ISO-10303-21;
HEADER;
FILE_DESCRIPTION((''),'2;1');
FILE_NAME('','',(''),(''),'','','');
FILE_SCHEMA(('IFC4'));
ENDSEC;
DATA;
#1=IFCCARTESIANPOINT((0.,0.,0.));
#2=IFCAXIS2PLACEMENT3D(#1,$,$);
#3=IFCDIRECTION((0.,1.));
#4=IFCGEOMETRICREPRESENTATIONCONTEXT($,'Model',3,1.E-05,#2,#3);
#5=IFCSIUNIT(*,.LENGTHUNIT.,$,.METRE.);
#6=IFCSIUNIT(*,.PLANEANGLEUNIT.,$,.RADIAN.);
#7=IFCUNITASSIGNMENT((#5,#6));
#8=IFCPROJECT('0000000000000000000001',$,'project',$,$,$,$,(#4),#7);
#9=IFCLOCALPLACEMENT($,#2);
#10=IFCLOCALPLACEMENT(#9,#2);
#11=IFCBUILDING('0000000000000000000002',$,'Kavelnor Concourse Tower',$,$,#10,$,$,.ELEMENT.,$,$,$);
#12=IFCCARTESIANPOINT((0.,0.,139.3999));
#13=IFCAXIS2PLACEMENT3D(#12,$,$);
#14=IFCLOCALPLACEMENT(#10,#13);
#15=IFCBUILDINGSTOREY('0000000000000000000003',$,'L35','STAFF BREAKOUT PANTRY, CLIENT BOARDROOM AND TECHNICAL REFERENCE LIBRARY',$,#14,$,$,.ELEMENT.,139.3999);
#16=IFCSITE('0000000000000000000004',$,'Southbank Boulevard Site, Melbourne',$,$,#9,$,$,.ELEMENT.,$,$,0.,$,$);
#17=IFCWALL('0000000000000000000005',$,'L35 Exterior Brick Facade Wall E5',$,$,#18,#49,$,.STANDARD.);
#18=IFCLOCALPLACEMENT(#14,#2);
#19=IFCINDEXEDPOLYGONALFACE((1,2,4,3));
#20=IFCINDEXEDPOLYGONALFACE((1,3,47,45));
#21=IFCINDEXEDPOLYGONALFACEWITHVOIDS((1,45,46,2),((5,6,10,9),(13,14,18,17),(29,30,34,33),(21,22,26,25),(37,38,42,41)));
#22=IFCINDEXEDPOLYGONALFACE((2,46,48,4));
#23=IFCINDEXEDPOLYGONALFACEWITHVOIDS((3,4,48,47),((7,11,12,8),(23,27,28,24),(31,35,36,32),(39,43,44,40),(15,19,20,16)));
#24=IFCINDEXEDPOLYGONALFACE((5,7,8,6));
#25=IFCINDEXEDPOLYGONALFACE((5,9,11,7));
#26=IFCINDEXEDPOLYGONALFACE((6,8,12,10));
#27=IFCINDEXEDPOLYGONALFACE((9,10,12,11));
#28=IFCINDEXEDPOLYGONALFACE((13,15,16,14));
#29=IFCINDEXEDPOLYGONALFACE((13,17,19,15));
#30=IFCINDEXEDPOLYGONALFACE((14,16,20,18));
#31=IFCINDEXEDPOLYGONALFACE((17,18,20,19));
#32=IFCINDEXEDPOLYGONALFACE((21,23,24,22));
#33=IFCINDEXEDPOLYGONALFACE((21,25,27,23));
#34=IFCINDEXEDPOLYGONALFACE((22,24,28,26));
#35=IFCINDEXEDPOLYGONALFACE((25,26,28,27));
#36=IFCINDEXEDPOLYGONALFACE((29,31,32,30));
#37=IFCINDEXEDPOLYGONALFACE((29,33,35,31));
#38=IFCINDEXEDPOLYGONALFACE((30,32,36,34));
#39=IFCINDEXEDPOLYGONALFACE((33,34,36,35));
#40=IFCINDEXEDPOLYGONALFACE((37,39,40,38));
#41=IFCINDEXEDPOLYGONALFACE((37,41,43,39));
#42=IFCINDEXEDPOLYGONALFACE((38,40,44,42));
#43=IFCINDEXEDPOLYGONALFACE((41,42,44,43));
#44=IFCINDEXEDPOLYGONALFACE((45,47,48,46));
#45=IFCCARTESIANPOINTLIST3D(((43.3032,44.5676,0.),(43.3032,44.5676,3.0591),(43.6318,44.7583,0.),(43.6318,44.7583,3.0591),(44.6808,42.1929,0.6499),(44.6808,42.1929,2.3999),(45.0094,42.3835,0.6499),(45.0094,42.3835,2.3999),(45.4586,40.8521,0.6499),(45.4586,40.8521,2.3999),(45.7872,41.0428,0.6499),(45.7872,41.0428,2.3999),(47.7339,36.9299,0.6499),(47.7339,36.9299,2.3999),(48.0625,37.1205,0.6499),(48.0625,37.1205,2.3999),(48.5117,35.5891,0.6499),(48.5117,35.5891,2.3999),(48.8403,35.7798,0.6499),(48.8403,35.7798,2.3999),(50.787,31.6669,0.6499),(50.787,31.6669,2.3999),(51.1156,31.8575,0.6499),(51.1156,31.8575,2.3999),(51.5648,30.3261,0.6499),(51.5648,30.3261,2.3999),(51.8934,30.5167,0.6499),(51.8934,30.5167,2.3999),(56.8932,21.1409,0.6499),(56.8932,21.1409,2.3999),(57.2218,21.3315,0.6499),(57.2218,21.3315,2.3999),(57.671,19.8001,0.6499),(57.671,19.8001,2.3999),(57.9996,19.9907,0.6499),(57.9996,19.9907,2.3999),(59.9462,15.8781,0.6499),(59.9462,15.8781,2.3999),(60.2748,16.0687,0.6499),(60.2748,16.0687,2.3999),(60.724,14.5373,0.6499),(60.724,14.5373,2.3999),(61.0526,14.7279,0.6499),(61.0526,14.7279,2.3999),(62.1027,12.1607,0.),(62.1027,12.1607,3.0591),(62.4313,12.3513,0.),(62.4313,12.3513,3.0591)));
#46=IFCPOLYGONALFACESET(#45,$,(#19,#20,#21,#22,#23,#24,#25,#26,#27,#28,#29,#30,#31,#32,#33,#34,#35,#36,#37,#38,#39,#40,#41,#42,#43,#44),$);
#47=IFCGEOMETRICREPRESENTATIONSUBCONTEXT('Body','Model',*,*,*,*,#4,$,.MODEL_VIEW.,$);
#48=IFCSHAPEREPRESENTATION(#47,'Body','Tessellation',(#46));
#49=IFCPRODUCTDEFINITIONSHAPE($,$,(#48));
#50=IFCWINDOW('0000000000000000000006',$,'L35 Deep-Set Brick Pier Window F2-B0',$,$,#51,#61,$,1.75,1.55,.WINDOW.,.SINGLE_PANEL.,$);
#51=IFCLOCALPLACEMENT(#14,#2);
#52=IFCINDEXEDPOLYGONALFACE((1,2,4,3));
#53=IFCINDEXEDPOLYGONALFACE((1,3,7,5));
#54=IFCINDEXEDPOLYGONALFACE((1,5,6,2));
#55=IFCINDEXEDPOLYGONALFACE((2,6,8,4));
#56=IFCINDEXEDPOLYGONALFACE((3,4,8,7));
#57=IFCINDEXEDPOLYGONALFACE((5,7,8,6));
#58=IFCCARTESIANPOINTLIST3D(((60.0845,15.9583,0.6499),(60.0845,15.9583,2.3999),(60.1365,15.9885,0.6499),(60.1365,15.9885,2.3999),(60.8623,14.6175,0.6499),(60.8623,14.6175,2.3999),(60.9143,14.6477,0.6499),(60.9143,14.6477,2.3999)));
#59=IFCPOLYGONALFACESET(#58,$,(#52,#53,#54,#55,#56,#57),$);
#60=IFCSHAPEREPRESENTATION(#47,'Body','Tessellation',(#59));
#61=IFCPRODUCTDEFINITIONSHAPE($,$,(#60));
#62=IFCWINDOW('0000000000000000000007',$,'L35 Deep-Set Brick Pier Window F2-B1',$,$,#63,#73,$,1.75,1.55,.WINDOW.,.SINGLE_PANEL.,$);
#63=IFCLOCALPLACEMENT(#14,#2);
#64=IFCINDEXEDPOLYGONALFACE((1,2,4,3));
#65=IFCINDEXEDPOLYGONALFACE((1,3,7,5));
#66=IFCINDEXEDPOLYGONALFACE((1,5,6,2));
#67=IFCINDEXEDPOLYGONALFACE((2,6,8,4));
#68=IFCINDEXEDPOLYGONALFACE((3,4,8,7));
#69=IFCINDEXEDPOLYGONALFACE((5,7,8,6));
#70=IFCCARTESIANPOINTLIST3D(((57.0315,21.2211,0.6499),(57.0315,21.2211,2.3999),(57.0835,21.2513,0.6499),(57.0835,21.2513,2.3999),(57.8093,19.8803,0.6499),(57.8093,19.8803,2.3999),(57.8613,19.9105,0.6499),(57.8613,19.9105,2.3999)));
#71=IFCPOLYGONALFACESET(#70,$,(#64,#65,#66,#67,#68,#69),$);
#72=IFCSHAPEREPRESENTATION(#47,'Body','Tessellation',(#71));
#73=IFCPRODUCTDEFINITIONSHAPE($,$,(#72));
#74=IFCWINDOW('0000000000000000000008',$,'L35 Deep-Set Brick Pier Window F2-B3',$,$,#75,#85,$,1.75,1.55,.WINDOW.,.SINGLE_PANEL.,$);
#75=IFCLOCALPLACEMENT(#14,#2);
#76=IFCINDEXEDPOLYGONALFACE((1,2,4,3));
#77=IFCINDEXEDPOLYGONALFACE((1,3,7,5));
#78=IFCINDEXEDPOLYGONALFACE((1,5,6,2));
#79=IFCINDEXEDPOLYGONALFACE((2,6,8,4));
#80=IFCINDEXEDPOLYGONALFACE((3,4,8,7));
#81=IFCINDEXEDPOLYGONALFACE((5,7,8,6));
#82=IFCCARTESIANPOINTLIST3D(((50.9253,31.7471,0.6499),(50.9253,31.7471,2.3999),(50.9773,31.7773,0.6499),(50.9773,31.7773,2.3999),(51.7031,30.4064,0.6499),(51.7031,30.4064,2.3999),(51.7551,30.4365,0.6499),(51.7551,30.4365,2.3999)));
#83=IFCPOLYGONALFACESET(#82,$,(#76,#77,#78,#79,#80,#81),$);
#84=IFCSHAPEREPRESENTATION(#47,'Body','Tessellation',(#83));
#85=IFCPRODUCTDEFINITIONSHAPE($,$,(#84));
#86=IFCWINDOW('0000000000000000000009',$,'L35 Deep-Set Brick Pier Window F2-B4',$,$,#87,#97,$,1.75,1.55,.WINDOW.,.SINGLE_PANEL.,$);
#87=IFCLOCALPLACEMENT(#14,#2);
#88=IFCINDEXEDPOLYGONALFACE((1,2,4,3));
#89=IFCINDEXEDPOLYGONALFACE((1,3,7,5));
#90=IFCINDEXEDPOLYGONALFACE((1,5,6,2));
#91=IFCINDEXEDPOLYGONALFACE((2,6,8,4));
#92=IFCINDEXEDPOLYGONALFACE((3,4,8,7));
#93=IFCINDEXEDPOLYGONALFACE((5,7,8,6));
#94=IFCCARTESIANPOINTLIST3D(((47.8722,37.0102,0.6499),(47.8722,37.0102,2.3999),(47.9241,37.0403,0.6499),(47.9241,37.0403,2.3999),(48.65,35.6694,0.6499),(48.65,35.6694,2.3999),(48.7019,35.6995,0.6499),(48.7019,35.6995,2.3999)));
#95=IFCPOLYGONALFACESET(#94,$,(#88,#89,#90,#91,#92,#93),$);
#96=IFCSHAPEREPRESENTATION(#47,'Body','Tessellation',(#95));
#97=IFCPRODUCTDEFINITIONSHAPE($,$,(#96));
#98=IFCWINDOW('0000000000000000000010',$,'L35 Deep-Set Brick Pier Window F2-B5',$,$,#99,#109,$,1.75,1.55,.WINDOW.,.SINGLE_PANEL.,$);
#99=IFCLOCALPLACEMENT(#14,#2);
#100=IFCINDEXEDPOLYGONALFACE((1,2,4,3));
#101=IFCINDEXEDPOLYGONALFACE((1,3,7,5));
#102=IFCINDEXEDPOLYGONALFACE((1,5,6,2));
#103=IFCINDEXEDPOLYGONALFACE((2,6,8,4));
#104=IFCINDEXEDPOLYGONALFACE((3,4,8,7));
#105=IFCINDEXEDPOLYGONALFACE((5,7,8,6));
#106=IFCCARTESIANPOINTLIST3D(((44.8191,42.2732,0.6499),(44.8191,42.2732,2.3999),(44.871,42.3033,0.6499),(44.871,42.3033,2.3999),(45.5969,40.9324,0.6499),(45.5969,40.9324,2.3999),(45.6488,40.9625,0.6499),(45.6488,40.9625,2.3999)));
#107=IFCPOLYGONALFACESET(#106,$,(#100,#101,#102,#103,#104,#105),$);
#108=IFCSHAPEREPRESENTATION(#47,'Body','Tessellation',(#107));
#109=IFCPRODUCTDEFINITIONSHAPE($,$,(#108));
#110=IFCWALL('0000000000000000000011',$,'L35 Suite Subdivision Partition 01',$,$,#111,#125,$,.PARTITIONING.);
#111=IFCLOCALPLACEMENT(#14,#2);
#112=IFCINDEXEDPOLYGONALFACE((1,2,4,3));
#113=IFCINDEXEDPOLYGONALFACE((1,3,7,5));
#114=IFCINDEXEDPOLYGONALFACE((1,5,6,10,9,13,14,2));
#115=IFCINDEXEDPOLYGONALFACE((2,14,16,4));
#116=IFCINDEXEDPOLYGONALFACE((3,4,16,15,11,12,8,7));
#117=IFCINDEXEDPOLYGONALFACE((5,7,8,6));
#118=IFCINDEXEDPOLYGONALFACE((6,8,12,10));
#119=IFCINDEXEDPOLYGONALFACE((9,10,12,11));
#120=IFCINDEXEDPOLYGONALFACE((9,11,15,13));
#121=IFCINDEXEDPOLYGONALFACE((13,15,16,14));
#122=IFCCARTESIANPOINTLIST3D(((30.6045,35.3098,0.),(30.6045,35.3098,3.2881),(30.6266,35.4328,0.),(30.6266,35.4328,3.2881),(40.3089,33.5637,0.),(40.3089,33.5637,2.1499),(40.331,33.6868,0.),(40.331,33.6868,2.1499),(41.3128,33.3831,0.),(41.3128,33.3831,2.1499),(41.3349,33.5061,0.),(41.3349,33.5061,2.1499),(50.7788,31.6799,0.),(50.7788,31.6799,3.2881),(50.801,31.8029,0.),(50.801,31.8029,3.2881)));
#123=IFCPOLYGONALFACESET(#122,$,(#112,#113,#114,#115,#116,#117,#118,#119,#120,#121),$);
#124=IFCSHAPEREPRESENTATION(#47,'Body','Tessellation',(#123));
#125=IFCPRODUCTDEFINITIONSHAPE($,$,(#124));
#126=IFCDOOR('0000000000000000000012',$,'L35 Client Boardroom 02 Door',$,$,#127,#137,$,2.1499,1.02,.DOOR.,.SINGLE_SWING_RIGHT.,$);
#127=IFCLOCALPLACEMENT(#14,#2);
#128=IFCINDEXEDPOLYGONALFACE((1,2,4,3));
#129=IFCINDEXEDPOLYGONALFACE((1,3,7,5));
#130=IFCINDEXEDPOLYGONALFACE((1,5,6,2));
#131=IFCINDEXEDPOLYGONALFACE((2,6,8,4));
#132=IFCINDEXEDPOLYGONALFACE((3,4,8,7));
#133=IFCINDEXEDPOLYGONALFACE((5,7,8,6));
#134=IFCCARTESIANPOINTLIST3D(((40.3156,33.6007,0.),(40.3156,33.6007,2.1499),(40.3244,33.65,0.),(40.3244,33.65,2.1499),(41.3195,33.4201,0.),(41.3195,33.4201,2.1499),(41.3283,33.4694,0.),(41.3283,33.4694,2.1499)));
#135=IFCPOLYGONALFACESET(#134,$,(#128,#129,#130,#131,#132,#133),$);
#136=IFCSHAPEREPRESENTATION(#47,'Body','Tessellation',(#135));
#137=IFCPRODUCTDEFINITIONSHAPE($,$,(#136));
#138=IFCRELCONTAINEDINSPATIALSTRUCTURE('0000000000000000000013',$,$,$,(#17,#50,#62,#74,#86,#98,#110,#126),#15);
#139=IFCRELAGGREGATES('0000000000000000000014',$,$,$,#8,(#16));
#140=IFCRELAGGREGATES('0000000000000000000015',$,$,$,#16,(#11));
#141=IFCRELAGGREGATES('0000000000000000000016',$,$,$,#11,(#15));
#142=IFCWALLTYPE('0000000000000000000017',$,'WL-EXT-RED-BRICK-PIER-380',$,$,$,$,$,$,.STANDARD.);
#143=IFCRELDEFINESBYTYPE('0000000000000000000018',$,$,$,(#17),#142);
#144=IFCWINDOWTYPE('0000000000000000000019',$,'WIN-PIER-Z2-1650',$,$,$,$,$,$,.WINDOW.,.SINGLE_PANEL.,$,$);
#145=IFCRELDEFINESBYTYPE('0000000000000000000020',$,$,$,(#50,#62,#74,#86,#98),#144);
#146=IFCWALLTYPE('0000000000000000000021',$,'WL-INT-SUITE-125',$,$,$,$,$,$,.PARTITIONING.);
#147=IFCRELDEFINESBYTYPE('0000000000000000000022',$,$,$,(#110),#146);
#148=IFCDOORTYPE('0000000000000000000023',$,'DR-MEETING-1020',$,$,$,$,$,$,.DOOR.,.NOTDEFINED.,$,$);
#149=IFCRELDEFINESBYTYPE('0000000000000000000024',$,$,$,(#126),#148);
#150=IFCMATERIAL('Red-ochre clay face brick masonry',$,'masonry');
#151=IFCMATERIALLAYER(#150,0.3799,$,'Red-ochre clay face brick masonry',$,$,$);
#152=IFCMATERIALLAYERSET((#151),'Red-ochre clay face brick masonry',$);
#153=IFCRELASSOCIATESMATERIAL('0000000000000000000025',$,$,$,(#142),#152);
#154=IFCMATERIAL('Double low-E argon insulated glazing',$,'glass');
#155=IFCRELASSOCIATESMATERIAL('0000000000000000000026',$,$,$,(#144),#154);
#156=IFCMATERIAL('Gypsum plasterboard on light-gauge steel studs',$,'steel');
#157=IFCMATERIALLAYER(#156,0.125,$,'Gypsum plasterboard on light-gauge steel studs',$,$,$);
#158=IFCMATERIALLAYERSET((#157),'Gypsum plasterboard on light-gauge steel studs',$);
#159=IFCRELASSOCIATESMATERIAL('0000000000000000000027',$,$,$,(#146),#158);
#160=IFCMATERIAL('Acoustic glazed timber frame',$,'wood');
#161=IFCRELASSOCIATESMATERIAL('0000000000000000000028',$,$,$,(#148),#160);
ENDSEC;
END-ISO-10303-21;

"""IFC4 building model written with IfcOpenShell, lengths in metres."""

from ifc_helpers import new_model, si_unit, direction, frame, frame_2d, origin, place, context, subcontext, project, spatial, rectangle, extrude, material, layer, layer_set, type_object, element, fill, save


model = new_model("IFC4")

# Units and contexts
model_context = context("Model", 3, precision=1e-05, world=origin(), true_north=direction((0.0, 1.0)))
body_context = subcontext(model_context, "Body", "Model", "MODEL_VIEW")
ifc_project = project(units=[si_unit("LENGTHUNIT", "METRE"), si_unit("PLANEANGLEUNIT", "RADIAN")], contexts=[model_context])

# Site, building, storey
site_placement = place(None, origin())
site = spatial("IfcSite", under=ifc_project, at=site_placement, Name="Southbank Boulevard Site, Melbourne", CompositionType="ELEMENT", RefElevation=0.0)
building_placement = place(site_placement, origin())
building = spatial("IfcBuilding", under=site, at=building_placement, Name="Kavelnor Concourse Tower", CompositionType="ELEMENT")
storey_placement = place(building_placement, frame((0.0, 0.0, 139.3999)))
storey = spatial("IfcBuildingStorey", under=building, at=storey_placement, Name="L35", Description="STAFF BREAKOUT PANTRY, CLIENT BOARDROOM AND TECHNICAL REFERENCE LIBRARY", CompositionType="ELEMENT", Elevation=139.3999)

# Wall, openings, windows
ifc_material_1 = material(Name="Red-ochre clay face brick masonry", Category="masonry")
ifc_layer_1 = layer(ifc_material_1, 0.3799, Name="Red-ochre clay face brick masonry")
ifc_layer_set_1 = layer_set([ifc_layer_1], Name="Red-ochre clay face brick masonry")
wall_type_1 = type_object("IfcWallType", Name="WL-EXT-RED-BRICK-PIER-380", PredefinedType="STANDARD", material=ifc_layer_set_1)
wall_1_placement = place(storey_placement, frame((43.4675, 44.6628, 0.0), z_axis=(0.0, 0.0, 1.0), x_axis=(0.501788, -0.864991, 0.0)))
wall_1 = element("IfcWall", 1, at=wall_1_placement, inside=storey, type_object=wall_type_1, Name="L35 Exterior Brick Facade Wall E5", PredefinedType="STANDARD", context=body_context, shape_type="SweptSolid", body=[
    extrude(rectangle(XDim=37.4651, YDim=0.3799, at=frame_2d((18.7324, 0.0))), origin(), (0.0, 0.0, 1.0), 3.0591),
])
opening_1_placement = place(wall_1_placement, frame((33.1675, 0.0, 0.6499)))
opening_1 = element("IfcOpeningElement", 2, at=opening_1_placement, cuts=wall_1, PredefinedType="OPENING", context=body_context, shape_type="SweptSolid", body=[
    extrude(rectangle(XDim=1.55, YDim=1.75, at=frame_2d((0.7749, 0.875))), frame((0.0, 0.2, 0.0), z_axis=(0.0, -1.0, 0.0), x_axis=(1.0, 0.0, 0.0)), (0.0, 0.0, 1.0), 0.3999),
])
opening_2_placement = place(wall_1_placement, frame((27.0833, 0.0, 0.6499)))
opening_2 = element("IfcOpeningElement", 3, at=opening_2_placement, cuts=wall_1, PredefinedType="OPENING", context=body_context, shape_type="SweptSolid", body=[
    extrude(rectangle(XDim=1.55, YDim=1.75, at=frame_2d((0.7749, 0.875))), frame((0.0, 0.2, 0.0), z_axis=(0.0, -1.0, 0.0), x_axis=(1.0, 0.0, 0.0)), (0.0, 0.0, 1.0), 0.3999),
])
opening_3_placement = place(wall_1_placement, frame((14.9143, 0.0, 0.6499)))
opening_3 = element("IfcOpeningElement", 4, at=opening_3_placement, cuts=wall_1, PredefinedType="OPENING", context=body_context, shape_type="SweptSolid", body=[
    extrude(rectangle(XDim=1.55, YDim=1.75, at=frame_2d((0.7749, 0.875))), frame((0.0, 0.2, 0.0), z_axis=(0.0, -1.0, 0.0), x_axis=(1.0, 0.0, 0.0)), (0.0, 0.0, 1.0), 0.3999),
])
opening_4_placement = place(wall_1_placement, frame((8.8298, 0.0, 0.6499)))
opening_4 = element("IfcOpeningElement", 5, at=opening_4_placement, cuts=wall_1, PredefinedType="OPENING", context=body_context, shape_type="SweptSolid", body=[
    extrude(rectangle(XDim=1.55, YDim=1.75, at=frame_2d((0.7749, 0.875))), frame((0.0, 0.2, 0.0), z_axis=(0.0, -1.0, 0.0), x_axis=(1.0, 0.0, 0.0)), (0.0, 0.0, 1.0), 0.3999),
])
opening_5_placement = place(wall_1_placement, frame((2.7454, 0.0, 0.6499)))
opening_5 = element("IfcOpeningElement", 6, at=opening_5_placement, cuts=wall_1, PredefinedType="OPENING", context=body_context, shape_type="SweptSolid", body=[
    extrude(rectangle(XDim=1.55, YDim=1.75, at=frame_2d((0.7749, 0.875))), frame((0.0, 0.2, 0.0), z_axis=(0.0, -1.0, 0.0), x_axis=(1.0, 0.0, 0.0)), (0.0, 0.0, 1.0), 0.3999),
])
ifc_material_2 = material(Name="Double low-E argon insulated glazing", Category="glass")
window_type = type_object("IfcWindowType", Name="WIN-PIER-Z2-1650", PartitioningType="SINGLE_PANEL", PredefinedType="WINDOW", material=ifc_material_2)
window_1_placement = place(opening_1_placement, origin())
window_1 = element("IfcWindow", 7, at=window_1_placement, inside=storey, type_object=window_type, Name="L35 Deep-Set Brick Pier Window F2-B0", OverallHeight=1.75, OverallWidth=1.55, PartitioningType="SINGLE_PANEL", PredefinedType="WINDOW", context=body_context, shape_type="SweptSolid", body=[
    extrude(rectangle(XDim=1.55, YDim=1.75, at=frame_2d((0.7749, 0.875))), frame((0.0, 0.03, 0.0), z_axis=(0.0, -1.0, 0.0), x_axis=(1.0, 0.0, 0.0)), (0.0, 0.0, 1.0), 0.0601),
])
fill(opening_1, window_1)
window_2_placement = place(opening_2_placement, origin())
window_2 = element("IfcWindow", 8, at=window_2_placement, inside=storey, type_object=window_type, Name="L35 Deep-Set Brick Pier Window F2-B1", OverallHeight=1.75, OverallWidth=1.55, PartitioningType="SINGLE_PANEL", PredefinedType="WINDOW", context=body_context, shape_type="SweptSolid", body=[
    extrude(rectangle(XDim=1.55, YDim=1.75, at=frame_2d((0.7749, 0.875))), frame((0.0, 0.03, 0.0), z_axis=(0.0, -1.0, 0.0), x_axis=(1.0, 0.0, 0.0)), (0.0, 0.0, 1.0), 0.0601),
])
fill(opening_2, window_2)
window_3_placement = place(opening_3_placement, origin())
window_3 = element("IfcWindow", 9, at=window_3_placement, inside=storey, type_object=window_type, Name="L35 Deep-Set Brick Pier Window F2-B3", OverallHeight=1.75, OverallWidth=1.55, PartitioningType="SINGLE_PANEL", PredefinedType="WINDOW", context=body_context, shape_type="SweptSolid", body=[
    extrude(rectangle(XDim=1.55, YDim=1.75, at=frame_2d((0.7749, 0.875))), frame((0.0, 0.03, 0.0), z_axis=(0.0, -1.0, 0.0), x_axis=(1.0, 0.0, 0.0)), (0.0, 0.0, 1.0), 0.0601),
])
fill(opening_3, window_3)
window_4_placement = place(opening_4_placement, origin())
window_4 = element("IfcWindow", 10, at=window_4_placement, inside=storey, type_object=window_type, Name="L35 Deep-Set Brick Pier Window F2-B4", OverallHeight=1.75, OverallWidth=1.55, PartitioningType="SINGLE_PANEL", PredefinedType="WINDOW", context=body_context, shape_type="SweptSolid", body=[
    extrude(rectangle(XDim=1.55, YDim=1.75, at=frame_2d((0.7749, 0.875))), frame((0.0, 0.03, 0.0), z_axis=(0.0, -1.0, 0.0), x_axis=(1.0, 0.0, 0.0)), (0.0, 0.0, 1.0), 0.0601),
])
fill(opening_4, window_4)
window_5_placement = place(opening_5_placement, origin())
window_5 = element("IfcWindow", 11, at=window_5_placement, inside=storey, type_object=window_type, Name="L35 Deep-Set Brick Pier Window F2-B5", OverallHeight=1.75, OverallWidth=1.55, PartitioningType="SINGLE_PANEL", PredefinedType="WINDOW", context=body_context, shape_type="SweptSolid", body=[
    extrude(rectangle(XDim=1.55, YDim=1.75, at=frame_2d((0.7749, 0.875))), frame((0.0, 0.03, 0.0), z_axis=(0.0, -1.0, 0.0), x_axis=(1.0, 0.0, 0.0)), (0.0, 0.0, 1.0), 0.0601),
])
fill(opening_5, window_5)

# Wall, opening, door
ifc_material_3 = material(Name="Gypsum plasterboard on light-gauge steel studs", Category="steel")
ifc_layer_2 = layer(ifc_material_3, 0.125, Name="Gypsum plasterboard on light-gauge steel studs")
ifc_layer_set_2 = layer_set([ifc_layer_2], Name="Gypsum plasterboard on light-gauge steel studs")
wall_type_2 = type_object("IfcWallType", Name="WL-INT-SUITE-125", PredefinedType="PARTITIONING", material=ifc_layer_set_2)
wall_2_placement = place(storey_placement, frame((50.7898, 31.7415, 0.0), z_axis=(0.0, 0.0, 1.0), x_axis=(-0.984196, 0.177082, 0.0)))
wall_2 = element("IfcWall", 12, at=wall_2_placement, inside=storey, type_object=wall_type_2, Name="L35 Suite Subdivision Partition 01", PredefinedType="PARTITIONING", context=body_context, shape_type="SweptSolid", body=[
    extrude(rectangle(XDim=20.4983, YDim=0.125, at=frame_2d((10.249, 0.0))), origin(), (0.0, 0.0, 1.0), 3.2881),
])
opening_6_placement = place(wall_2_placement, frame((9.6179, 0.0, 0.0)))
opening_6 = element("IfcOpeningElement", 13, at=opening_6_placement, cuts=wall_2, PredefinedType="OPENING", context=body_context, shape_type="SweptSolid", body=[
    extrude(rectangle(XDim=1.02, YDim=2.1499, at=frame_2d((0.51, 1.075))), frame((0.0, 0.0725, 0.0), z_axis=(0.0, -1.0, 0.0), x_axis=(1.0, 0.0, 0.0)), (0.0, 0.0, 1.0), 0.145),
])
ifc_material_4 = material(Name="Acoustic glazed timber frame", Category="wood")
door_type = type_object("IfcDoorType", Name="DR-MEETING-1020", OperationType="NOTDEFINED", PredefinedType="DOOR", material=ifc_material_4)
door_placement = place(opening_6_placement, origin())
door = element("IfcDoor", 14, at=door_placement, inside=storey, type_object=door_type, Name="L35 Client Boardroom 02 Door", OperationType="SINGLE_SWING_RIGHT", OverallHeight=2.1499, OverallWidth=1.02, PredefinedType="DOOR", context=body_context, shape_type="SweptSolid", body=[
    extrude(rectangle(XDim=1.02, YDim=2.1499, at=frame_2d((0.51, 1.075))), frame((0.0, 0.0249, 0.0), z_axis=(0.0, -1.0, 0.0), x_axis=(1.0, 0.0, 0.0)), (0.0, 0.0, 1.0), 0.05),
])
fill(opening_6, door)

save(model, "model.ifc")
